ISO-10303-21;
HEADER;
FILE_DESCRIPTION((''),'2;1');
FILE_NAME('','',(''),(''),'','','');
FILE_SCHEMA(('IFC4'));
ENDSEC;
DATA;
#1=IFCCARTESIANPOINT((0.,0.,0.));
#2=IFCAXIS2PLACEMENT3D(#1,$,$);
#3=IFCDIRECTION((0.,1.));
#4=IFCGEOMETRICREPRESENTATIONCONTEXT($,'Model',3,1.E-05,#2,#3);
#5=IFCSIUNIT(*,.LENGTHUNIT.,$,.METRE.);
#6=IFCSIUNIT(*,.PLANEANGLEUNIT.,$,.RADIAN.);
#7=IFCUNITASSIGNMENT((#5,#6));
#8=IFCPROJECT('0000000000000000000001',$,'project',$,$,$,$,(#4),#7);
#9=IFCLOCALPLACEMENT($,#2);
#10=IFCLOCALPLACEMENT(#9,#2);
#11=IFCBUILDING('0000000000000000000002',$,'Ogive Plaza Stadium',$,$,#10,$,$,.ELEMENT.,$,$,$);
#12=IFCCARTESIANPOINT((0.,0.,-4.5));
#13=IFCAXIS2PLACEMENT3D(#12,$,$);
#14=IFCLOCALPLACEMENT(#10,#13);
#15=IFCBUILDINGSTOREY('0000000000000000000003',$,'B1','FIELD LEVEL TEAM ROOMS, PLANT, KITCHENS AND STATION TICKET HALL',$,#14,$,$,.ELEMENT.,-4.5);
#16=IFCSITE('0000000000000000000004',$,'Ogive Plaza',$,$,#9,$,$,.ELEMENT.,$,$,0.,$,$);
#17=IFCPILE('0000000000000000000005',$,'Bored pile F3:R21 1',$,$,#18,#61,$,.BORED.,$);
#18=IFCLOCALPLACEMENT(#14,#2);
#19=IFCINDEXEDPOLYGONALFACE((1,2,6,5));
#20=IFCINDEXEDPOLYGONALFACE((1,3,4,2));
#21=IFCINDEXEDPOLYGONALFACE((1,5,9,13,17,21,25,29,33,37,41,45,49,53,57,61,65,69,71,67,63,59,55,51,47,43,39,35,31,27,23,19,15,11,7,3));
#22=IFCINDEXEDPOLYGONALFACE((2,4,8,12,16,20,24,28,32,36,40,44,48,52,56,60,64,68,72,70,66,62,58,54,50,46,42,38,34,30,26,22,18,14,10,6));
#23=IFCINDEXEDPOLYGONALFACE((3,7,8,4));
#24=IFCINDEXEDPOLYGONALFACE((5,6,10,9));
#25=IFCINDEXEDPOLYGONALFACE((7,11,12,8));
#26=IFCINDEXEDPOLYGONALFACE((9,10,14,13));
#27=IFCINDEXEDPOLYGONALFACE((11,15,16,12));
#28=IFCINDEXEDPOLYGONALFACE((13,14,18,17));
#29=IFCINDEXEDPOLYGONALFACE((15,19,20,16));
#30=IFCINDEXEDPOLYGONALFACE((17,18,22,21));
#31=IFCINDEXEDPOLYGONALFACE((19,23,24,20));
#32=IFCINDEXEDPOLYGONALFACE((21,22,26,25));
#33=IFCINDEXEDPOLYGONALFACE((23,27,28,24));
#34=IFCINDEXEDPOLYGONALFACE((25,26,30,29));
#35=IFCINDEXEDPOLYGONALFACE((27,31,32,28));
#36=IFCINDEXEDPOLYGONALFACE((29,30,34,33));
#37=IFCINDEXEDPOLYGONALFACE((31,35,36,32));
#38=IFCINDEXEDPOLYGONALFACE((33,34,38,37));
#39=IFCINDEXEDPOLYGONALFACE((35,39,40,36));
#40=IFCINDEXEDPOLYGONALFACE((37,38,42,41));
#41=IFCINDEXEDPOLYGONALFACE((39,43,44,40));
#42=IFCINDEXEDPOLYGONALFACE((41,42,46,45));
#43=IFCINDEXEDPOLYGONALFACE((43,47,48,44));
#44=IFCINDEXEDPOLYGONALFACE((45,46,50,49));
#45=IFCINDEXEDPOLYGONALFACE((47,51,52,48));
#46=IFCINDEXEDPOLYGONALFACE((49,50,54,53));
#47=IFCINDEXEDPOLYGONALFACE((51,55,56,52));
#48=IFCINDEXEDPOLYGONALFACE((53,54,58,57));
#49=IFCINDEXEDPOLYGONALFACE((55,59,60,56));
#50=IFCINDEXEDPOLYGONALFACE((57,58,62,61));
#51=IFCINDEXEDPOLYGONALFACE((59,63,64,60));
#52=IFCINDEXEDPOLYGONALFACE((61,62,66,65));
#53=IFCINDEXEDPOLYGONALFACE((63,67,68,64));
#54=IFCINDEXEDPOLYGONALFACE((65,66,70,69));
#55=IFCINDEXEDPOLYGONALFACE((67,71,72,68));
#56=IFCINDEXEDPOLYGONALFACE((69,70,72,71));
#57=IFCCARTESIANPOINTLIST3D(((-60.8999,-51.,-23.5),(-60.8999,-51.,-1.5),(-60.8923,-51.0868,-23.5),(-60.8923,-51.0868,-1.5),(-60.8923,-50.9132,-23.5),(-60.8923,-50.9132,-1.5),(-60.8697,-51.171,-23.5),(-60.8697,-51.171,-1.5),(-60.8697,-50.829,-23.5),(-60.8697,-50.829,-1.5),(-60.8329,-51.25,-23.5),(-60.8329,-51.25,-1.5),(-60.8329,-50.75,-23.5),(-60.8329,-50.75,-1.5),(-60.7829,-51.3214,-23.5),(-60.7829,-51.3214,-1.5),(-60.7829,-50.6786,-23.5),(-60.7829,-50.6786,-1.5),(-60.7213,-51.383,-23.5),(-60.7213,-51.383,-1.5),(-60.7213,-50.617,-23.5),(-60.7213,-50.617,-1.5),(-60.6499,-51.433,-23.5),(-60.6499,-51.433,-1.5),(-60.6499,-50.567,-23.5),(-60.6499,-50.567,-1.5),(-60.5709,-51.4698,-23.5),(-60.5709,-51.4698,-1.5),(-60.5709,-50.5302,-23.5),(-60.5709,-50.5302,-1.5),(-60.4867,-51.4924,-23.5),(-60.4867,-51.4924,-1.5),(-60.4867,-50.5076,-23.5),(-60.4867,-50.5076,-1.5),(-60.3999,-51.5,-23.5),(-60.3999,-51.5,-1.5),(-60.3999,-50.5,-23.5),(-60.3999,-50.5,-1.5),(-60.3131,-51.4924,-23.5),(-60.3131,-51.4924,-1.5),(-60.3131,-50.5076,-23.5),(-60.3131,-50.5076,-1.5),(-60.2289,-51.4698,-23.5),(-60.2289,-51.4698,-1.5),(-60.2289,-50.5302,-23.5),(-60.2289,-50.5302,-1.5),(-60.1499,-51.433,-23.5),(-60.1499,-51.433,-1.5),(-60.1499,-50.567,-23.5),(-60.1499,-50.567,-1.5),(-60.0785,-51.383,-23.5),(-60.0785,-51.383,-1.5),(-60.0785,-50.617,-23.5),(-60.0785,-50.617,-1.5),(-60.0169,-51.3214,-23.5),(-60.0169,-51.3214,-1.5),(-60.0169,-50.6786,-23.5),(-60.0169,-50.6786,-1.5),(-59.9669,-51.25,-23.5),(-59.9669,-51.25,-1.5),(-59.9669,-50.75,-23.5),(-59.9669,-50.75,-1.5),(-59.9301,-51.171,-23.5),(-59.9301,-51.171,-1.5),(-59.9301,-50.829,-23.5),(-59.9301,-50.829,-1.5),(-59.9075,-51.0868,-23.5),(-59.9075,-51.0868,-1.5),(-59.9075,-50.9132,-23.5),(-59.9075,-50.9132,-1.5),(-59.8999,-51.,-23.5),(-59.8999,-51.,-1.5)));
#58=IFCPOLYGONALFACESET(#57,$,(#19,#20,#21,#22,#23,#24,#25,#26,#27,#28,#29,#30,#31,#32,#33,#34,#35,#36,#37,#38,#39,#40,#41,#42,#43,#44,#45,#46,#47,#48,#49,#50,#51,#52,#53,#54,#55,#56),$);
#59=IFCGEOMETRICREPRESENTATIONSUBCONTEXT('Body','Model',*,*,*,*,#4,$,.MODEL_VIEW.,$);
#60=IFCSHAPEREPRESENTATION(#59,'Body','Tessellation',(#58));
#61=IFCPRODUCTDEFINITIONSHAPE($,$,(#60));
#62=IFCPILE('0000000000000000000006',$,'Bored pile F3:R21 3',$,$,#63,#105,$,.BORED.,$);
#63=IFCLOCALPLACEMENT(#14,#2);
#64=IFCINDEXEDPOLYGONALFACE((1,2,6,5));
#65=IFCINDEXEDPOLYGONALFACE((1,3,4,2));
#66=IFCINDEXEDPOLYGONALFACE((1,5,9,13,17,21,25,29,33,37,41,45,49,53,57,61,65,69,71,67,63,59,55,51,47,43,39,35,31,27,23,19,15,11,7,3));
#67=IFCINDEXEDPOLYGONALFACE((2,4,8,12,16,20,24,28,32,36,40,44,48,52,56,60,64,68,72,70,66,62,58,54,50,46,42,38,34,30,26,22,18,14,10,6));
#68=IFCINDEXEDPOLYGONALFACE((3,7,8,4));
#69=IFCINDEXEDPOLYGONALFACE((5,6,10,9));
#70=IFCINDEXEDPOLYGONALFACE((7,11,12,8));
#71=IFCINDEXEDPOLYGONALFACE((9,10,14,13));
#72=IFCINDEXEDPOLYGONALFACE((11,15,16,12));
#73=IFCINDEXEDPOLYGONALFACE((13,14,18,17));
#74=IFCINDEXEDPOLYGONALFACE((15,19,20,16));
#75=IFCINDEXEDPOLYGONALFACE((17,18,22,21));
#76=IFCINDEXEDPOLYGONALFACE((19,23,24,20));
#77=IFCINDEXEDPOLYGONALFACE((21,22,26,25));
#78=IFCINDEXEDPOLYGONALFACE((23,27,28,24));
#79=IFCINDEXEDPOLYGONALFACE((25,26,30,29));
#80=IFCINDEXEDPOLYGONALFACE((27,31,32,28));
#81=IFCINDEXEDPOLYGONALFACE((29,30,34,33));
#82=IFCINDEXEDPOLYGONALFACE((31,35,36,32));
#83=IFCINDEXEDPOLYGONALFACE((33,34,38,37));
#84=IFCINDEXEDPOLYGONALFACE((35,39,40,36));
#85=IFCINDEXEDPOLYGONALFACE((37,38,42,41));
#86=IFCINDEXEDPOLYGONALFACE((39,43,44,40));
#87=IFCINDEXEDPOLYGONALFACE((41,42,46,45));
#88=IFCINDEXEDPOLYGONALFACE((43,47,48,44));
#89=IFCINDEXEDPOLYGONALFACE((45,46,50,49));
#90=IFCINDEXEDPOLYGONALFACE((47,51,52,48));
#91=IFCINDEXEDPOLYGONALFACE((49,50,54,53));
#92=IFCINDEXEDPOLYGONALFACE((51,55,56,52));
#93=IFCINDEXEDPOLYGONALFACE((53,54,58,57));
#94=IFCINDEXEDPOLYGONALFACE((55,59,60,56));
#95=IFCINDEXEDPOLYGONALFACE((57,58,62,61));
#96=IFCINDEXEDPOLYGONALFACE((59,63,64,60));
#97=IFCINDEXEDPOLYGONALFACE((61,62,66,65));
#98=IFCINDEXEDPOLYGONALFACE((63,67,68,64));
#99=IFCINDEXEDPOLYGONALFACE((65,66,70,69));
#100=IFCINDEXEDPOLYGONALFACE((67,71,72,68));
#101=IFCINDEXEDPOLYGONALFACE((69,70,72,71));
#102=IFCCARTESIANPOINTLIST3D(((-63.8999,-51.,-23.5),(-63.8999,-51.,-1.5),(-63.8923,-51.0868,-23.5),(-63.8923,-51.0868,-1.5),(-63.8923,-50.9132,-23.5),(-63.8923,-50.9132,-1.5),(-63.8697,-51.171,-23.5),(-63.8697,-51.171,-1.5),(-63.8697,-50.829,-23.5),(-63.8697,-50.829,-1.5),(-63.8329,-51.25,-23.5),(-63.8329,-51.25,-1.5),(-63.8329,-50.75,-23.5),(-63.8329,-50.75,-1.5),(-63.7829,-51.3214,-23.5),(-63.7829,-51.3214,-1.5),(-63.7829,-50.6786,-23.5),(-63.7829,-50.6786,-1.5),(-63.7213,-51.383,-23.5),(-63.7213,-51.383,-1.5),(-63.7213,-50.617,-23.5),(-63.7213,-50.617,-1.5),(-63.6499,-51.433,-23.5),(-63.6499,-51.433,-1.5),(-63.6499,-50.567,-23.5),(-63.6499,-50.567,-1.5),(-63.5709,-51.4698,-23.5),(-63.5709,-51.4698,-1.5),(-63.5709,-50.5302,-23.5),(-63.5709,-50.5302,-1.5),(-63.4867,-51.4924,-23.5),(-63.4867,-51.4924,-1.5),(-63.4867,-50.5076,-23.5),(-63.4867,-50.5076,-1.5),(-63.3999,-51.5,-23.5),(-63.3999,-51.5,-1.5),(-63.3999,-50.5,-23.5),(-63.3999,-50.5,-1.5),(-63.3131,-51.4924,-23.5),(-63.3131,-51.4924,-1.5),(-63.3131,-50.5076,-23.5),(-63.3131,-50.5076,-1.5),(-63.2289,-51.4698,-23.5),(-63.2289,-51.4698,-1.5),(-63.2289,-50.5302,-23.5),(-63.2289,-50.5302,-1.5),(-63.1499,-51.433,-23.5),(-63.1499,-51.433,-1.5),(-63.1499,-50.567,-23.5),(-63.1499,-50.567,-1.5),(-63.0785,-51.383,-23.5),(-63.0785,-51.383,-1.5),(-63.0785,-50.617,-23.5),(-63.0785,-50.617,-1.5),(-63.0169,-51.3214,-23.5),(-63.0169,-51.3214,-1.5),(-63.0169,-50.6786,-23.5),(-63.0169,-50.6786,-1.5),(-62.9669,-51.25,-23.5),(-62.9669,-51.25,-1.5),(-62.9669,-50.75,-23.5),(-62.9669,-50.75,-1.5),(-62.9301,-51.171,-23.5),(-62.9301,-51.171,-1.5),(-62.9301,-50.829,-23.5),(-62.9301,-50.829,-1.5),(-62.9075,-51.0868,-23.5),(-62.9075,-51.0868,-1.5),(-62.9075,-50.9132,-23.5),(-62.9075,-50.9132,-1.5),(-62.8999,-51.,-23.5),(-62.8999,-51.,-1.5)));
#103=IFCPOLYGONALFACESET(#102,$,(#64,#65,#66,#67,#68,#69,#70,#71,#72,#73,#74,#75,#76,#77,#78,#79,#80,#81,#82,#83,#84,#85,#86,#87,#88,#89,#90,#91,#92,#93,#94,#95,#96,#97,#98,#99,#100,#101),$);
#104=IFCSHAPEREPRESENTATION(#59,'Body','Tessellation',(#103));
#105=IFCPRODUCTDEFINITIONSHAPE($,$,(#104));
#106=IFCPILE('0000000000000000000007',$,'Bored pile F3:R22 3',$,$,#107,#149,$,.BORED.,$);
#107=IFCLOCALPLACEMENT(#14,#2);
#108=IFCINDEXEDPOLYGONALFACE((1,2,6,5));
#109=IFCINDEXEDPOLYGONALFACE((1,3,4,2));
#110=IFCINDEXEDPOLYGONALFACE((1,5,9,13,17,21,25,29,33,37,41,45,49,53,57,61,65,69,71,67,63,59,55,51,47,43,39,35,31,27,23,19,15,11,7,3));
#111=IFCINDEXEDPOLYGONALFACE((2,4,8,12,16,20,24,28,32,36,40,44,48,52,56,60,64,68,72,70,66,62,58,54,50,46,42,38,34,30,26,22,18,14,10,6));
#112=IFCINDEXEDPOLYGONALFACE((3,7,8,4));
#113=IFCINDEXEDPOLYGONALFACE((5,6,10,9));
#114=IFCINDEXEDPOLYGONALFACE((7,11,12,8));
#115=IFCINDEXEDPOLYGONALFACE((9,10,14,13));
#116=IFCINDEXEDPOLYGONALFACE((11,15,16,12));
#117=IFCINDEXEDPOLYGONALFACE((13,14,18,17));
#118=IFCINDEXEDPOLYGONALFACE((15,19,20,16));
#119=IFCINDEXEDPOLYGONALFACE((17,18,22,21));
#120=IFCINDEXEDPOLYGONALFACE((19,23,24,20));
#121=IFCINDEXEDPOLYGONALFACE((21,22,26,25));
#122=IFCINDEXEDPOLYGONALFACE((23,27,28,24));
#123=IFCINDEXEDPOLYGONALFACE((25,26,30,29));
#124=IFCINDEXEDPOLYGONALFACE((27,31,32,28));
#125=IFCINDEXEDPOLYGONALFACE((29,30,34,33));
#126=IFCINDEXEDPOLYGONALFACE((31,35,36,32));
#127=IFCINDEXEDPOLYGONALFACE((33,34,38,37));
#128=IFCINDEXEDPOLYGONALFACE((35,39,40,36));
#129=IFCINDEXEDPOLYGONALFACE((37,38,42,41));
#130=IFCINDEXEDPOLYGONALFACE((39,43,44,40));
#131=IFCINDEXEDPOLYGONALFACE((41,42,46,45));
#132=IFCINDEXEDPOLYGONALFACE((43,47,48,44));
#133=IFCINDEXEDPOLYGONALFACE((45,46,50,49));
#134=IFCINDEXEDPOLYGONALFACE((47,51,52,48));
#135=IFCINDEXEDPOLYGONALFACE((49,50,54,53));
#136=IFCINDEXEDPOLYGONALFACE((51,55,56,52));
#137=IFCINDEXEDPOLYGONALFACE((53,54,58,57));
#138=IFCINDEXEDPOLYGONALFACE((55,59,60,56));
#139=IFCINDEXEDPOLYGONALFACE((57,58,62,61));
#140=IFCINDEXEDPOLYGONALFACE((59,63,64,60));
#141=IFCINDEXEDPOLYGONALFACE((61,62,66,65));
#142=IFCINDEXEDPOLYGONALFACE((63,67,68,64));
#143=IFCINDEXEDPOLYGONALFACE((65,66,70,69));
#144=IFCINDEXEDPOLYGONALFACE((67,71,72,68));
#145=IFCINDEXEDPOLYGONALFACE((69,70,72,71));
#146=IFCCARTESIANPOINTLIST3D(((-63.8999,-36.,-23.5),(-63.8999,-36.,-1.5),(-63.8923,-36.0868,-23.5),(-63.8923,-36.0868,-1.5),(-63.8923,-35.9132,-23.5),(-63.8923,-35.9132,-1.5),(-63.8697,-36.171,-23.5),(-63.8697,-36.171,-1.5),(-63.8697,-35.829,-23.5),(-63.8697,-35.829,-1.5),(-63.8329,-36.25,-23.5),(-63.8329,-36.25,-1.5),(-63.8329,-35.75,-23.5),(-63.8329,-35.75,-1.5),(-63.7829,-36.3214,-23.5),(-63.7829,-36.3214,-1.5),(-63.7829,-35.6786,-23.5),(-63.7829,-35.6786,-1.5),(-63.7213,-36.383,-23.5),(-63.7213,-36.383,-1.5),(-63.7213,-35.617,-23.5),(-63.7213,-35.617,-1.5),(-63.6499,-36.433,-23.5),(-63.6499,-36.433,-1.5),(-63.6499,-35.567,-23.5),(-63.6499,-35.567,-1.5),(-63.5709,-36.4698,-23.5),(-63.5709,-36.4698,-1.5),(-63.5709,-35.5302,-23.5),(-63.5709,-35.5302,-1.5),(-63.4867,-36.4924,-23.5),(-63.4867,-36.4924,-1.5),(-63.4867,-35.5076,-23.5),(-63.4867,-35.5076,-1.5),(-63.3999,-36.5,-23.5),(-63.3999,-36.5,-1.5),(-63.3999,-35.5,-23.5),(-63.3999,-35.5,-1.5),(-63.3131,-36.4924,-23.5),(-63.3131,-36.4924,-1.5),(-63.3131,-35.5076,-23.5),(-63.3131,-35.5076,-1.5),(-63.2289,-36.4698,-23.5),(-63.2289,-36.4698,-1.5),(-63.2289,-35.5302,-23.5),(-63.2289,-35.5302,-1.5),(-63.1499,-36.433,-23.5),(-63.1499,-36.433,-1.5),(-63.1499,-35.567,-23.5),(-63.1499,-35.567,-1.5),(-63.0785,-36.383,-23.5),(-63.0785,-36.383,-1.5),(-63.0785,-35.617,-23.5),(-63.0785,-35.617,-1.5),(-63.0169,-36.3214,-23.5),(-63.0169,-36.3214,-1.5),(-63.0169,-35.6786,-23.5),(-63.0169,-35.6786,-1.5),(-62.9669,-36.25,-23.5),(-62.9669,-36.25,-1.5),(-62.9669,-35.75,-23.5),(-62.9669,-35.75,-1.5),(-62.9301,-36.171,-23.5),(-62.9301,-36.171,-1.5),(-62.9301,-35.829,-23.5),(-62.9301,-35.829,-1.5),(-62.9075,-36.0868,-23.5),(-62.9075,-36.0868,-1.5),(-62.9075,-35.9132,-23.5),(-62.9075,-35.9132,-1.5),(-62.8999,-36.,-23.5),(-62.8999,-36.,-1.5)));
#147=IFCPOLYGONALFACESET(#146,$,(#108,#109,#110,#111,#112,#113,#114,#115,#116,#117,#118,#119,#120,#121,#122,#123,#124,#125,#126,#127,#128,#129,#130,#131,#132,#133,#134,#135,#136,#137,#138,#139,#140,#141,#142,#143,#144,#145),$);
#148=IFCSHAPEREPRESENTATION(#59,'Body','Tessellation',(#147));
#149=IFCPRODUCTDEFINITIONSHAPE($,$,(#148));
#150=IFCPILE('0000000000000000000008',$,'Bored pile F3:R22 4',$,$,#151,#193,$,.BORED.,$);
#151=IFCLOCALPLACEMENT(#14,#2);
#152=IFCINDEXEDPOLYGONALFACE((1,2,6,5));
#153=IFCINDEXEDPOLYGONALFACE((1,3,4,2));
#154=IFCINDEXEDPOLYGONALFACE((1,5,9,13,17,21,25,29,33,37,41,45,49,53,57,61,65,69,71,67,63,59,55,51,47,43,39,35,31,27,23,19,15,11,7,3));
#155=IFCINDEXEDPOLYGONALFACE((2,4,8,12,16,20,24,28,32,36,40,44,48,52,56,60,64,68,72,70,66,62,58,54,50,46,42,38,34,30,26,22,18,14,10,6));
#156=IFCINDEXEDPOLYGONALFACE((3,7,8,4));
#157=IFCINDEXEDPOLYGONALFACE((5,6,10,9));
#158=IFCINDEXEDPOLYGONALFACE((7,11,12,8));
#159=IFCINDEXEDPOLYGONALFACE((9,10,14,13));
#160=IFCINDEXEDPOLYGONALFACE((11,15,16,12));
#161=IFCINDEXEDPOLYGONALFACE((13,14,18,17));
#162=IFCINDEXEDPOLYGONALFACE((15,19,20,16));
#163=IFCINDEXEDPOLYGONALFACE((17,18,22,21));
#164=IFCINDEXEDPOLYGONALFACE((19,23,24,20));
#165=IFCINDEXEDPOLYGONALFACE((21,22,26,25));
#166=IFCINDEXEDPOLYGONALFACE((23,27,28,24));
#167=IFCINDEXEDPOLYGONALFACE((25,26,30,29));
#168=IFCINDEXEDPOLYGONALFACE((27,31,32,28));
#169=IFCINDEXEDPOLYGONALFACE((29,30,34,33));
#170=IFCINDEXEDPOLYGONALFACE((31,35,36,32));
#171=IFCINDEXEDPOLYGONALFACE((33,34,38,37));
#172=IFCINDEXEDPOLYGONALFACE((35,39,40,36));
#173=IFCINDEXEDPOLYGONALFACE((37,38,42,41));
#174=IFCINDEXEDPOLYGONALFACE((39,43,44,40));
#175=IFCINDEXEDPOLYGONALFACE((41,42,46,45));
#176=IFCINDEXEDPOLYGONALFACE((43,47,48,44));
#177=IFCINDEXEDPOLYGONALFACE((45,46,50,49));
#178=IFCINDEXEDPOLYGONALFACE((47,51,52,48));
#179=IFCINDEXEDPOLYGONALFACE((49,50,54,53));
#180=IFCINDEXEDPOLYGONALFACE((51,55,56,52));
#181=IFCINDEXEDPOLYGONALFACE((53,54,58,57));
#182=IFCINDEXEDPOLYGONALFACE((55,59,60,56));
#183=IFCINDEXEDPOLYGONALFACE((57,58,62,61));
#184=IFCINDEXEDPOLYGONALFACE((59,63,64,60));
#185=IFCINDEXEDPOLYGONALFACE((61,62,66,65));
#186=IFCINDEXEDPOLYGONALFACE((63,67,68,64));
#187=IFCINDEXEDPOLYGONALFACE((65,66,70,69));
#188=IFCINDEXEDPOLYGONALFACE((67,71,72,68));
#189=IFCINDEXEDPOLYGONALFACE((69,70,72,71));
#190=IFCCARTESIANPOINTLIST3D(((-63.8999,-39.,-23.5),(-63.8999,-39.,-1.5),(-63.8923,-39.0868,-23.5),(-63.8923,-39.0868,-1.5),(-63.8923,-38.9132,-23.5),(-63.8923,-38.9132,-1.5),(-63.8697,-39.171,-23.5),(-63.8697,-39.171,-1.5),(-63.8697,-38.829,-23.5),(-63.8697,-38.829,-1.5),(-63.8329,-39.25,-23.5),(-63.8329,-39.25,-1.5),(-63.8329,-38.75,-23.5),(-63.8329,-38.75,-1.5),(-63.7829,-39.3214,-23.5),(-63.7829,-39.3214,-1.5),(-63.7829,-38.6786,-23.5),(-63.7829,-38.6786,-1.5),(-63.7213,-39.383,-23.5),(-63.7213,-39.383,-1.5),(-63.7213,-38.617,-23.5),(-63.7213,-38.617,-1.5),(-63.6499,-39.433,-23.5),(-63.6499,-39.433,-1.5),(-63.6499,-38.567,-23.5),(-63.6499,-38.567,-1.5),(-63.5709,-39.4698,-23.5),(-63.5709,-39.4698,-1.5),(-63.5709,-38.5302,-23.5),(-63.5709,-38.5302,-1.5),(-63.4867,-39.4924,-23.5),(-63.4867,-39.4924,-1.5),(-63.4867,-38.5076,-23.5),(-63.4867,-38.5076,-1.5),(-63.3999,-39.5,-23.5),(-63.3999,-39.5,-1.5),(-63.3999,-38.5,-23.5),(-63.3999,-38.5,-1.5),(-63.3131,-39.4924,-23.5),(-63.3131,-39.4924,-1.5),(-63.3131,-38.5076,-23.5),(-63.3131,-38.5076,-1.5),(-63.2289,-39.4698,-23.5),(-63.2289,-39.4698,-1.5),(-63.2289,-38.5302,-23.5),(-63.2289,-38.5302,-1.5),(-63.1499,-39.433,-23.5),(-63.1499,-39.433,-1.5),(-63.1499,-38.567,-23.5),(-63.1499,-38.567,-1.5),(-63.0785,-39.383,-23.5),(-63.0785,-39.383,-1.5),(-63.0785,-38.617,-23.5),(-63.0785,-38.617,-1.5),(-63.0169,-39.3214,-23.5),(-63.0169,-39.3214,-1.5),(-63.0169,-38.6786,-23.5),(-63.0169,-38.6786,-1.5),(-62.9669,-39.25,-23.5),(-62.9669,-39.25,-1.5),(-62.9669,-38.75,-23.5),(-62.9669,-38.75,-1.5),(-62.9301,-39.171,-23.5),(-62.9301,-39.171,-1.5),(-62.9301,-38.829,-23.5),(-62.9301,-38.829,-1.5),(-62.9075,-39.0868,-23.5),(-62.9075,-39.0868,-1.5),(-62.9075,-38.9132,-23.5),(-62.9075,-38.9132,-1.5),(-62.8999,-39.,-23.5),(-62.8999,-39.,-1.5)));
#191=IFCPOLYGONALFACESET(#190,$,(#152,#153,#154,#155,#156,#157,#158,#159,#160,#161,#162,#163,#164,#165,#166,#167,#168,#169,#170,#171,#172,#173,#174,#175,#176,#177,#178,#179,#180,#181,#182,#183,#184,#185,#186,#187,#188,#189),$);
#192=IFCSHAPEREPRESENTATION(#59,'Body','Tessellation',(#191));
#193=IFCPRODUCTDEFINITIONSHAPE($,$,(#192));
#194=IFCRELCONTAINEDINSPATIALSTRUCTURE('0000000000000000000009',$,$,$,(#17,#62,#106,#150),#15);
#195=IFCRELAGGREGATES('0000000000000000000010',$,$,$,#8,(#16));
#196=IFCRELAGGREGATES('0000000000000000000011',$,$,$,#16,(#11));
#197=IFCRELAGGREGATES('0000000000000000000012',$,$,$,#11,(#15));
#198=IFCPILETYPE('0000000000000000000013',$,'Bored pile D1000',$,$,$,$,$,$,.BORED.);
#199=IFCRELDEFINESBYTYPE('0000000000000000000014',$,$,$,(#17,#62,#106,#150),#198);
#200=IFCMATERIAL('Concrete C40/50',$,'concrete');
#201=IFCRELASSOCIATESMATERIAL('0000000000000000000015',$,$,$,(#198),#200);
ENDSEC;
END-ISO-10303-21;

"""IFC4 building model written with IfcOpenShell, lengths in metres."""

from ifc_helpers import new_model, si_unit, direction, frame, origin, origin_2d, place, context, subcontext, project, spatial, circle, extrude, material, material_profile, profile_set, type_object, element, save


model = new_model("IFC4")

# Units and contexts
model_context = context("Model", 3, precision=1e-05, world=origin(), true_north=direction((0.0, 1.0)))
body_context = subcontext(model_context, "Body", "Model", "MODEL_VIEW")
ifc_project = project(units=[si_unit("LENGTHUNIT", "METRE"), si_unit("PLANEANGLEUNIT", "RADIAN")], contexts=[model_context])

# Site, building, storey
site_placement = place(None, origin())
site = spatial("IfcSite", under=ifc_project, at=site_placement, Name="Ogive Plaza", CompositionType="ELEMENT", RefElevation=0.0)
building_placement = place(site_placement, origin())
building = spatial("IfcBuilding", under=site, at=building_placement, Name="Ogive Plaza Stadium", CompositionType="ELEMENT")
storey_placement = place(building_placement, frame((0.0, 0.0, -4.5)))
storey = spatial("IfcBuildingStorey", under=building, at=storey_placement, Name="B1", Description="FIELD LEVEL TEAM ROOMS, PLANT, KITCHENS AND STATION TICKET HALL", CompositionType="ELEMENT", Elevation=-4.5)

# Piles
ifc_material_1 = material(Name="Concrete C40/50", Category="concrete")
ifc_material_profile_1 = material_profile(ifc_material_1, circle(Radius=0.5, at=origin_2d()), Name="RC D1000")
ifc_profile_set_1 = profile_set([ifc_material_profile_1], Name="Concrete C40/50")
pile_type_1 = type_object("IfcPileType", Name="Bored pile D1000", PredefinedType="BORED", material=ifc_profile_set_1)
for number, where, z_axis, x_axis, name in (
    (1, (-60.3999, -51.0, -1.5), (0.0, 0.0, -1.0), (1.0, 0.0, 0.0), "Bored pile F3:R21 1"),
    (2, (-63.3999, -51.0, -1.5), (0.0, 0.0, -1.0), (1.0, 0.0, 0.0), "Bored pile F3:R21 3"),
    (3, (-63.3999, -36.0, -1.5), (0.0, 0.0, -1.0), (1.0, 0.0, 0.0), "Bored pile F3:R22 3"),
    (4, (-63.3999, -39.0, -1.5), (0.0, 0.0, -1.0), (1.0, 0.0, 0.0), "Bored pile F3:R22 4"),
):
    element("IfcPile", number, at=place(storey_placement, frame(where, z_axis=z_axis, x_axis=x_axis)), inside=storey, type_object=pile_type_1, Name=name, PredefinedType="BORED", context=body_context, shape_type="SweptSolid", body=[
        extrude(circle(Radius=0.5, at=origin_2d()), origin(), (0.0, 0.0, 1.0), 22.0),
    ])

save(model, "model.ifc")
